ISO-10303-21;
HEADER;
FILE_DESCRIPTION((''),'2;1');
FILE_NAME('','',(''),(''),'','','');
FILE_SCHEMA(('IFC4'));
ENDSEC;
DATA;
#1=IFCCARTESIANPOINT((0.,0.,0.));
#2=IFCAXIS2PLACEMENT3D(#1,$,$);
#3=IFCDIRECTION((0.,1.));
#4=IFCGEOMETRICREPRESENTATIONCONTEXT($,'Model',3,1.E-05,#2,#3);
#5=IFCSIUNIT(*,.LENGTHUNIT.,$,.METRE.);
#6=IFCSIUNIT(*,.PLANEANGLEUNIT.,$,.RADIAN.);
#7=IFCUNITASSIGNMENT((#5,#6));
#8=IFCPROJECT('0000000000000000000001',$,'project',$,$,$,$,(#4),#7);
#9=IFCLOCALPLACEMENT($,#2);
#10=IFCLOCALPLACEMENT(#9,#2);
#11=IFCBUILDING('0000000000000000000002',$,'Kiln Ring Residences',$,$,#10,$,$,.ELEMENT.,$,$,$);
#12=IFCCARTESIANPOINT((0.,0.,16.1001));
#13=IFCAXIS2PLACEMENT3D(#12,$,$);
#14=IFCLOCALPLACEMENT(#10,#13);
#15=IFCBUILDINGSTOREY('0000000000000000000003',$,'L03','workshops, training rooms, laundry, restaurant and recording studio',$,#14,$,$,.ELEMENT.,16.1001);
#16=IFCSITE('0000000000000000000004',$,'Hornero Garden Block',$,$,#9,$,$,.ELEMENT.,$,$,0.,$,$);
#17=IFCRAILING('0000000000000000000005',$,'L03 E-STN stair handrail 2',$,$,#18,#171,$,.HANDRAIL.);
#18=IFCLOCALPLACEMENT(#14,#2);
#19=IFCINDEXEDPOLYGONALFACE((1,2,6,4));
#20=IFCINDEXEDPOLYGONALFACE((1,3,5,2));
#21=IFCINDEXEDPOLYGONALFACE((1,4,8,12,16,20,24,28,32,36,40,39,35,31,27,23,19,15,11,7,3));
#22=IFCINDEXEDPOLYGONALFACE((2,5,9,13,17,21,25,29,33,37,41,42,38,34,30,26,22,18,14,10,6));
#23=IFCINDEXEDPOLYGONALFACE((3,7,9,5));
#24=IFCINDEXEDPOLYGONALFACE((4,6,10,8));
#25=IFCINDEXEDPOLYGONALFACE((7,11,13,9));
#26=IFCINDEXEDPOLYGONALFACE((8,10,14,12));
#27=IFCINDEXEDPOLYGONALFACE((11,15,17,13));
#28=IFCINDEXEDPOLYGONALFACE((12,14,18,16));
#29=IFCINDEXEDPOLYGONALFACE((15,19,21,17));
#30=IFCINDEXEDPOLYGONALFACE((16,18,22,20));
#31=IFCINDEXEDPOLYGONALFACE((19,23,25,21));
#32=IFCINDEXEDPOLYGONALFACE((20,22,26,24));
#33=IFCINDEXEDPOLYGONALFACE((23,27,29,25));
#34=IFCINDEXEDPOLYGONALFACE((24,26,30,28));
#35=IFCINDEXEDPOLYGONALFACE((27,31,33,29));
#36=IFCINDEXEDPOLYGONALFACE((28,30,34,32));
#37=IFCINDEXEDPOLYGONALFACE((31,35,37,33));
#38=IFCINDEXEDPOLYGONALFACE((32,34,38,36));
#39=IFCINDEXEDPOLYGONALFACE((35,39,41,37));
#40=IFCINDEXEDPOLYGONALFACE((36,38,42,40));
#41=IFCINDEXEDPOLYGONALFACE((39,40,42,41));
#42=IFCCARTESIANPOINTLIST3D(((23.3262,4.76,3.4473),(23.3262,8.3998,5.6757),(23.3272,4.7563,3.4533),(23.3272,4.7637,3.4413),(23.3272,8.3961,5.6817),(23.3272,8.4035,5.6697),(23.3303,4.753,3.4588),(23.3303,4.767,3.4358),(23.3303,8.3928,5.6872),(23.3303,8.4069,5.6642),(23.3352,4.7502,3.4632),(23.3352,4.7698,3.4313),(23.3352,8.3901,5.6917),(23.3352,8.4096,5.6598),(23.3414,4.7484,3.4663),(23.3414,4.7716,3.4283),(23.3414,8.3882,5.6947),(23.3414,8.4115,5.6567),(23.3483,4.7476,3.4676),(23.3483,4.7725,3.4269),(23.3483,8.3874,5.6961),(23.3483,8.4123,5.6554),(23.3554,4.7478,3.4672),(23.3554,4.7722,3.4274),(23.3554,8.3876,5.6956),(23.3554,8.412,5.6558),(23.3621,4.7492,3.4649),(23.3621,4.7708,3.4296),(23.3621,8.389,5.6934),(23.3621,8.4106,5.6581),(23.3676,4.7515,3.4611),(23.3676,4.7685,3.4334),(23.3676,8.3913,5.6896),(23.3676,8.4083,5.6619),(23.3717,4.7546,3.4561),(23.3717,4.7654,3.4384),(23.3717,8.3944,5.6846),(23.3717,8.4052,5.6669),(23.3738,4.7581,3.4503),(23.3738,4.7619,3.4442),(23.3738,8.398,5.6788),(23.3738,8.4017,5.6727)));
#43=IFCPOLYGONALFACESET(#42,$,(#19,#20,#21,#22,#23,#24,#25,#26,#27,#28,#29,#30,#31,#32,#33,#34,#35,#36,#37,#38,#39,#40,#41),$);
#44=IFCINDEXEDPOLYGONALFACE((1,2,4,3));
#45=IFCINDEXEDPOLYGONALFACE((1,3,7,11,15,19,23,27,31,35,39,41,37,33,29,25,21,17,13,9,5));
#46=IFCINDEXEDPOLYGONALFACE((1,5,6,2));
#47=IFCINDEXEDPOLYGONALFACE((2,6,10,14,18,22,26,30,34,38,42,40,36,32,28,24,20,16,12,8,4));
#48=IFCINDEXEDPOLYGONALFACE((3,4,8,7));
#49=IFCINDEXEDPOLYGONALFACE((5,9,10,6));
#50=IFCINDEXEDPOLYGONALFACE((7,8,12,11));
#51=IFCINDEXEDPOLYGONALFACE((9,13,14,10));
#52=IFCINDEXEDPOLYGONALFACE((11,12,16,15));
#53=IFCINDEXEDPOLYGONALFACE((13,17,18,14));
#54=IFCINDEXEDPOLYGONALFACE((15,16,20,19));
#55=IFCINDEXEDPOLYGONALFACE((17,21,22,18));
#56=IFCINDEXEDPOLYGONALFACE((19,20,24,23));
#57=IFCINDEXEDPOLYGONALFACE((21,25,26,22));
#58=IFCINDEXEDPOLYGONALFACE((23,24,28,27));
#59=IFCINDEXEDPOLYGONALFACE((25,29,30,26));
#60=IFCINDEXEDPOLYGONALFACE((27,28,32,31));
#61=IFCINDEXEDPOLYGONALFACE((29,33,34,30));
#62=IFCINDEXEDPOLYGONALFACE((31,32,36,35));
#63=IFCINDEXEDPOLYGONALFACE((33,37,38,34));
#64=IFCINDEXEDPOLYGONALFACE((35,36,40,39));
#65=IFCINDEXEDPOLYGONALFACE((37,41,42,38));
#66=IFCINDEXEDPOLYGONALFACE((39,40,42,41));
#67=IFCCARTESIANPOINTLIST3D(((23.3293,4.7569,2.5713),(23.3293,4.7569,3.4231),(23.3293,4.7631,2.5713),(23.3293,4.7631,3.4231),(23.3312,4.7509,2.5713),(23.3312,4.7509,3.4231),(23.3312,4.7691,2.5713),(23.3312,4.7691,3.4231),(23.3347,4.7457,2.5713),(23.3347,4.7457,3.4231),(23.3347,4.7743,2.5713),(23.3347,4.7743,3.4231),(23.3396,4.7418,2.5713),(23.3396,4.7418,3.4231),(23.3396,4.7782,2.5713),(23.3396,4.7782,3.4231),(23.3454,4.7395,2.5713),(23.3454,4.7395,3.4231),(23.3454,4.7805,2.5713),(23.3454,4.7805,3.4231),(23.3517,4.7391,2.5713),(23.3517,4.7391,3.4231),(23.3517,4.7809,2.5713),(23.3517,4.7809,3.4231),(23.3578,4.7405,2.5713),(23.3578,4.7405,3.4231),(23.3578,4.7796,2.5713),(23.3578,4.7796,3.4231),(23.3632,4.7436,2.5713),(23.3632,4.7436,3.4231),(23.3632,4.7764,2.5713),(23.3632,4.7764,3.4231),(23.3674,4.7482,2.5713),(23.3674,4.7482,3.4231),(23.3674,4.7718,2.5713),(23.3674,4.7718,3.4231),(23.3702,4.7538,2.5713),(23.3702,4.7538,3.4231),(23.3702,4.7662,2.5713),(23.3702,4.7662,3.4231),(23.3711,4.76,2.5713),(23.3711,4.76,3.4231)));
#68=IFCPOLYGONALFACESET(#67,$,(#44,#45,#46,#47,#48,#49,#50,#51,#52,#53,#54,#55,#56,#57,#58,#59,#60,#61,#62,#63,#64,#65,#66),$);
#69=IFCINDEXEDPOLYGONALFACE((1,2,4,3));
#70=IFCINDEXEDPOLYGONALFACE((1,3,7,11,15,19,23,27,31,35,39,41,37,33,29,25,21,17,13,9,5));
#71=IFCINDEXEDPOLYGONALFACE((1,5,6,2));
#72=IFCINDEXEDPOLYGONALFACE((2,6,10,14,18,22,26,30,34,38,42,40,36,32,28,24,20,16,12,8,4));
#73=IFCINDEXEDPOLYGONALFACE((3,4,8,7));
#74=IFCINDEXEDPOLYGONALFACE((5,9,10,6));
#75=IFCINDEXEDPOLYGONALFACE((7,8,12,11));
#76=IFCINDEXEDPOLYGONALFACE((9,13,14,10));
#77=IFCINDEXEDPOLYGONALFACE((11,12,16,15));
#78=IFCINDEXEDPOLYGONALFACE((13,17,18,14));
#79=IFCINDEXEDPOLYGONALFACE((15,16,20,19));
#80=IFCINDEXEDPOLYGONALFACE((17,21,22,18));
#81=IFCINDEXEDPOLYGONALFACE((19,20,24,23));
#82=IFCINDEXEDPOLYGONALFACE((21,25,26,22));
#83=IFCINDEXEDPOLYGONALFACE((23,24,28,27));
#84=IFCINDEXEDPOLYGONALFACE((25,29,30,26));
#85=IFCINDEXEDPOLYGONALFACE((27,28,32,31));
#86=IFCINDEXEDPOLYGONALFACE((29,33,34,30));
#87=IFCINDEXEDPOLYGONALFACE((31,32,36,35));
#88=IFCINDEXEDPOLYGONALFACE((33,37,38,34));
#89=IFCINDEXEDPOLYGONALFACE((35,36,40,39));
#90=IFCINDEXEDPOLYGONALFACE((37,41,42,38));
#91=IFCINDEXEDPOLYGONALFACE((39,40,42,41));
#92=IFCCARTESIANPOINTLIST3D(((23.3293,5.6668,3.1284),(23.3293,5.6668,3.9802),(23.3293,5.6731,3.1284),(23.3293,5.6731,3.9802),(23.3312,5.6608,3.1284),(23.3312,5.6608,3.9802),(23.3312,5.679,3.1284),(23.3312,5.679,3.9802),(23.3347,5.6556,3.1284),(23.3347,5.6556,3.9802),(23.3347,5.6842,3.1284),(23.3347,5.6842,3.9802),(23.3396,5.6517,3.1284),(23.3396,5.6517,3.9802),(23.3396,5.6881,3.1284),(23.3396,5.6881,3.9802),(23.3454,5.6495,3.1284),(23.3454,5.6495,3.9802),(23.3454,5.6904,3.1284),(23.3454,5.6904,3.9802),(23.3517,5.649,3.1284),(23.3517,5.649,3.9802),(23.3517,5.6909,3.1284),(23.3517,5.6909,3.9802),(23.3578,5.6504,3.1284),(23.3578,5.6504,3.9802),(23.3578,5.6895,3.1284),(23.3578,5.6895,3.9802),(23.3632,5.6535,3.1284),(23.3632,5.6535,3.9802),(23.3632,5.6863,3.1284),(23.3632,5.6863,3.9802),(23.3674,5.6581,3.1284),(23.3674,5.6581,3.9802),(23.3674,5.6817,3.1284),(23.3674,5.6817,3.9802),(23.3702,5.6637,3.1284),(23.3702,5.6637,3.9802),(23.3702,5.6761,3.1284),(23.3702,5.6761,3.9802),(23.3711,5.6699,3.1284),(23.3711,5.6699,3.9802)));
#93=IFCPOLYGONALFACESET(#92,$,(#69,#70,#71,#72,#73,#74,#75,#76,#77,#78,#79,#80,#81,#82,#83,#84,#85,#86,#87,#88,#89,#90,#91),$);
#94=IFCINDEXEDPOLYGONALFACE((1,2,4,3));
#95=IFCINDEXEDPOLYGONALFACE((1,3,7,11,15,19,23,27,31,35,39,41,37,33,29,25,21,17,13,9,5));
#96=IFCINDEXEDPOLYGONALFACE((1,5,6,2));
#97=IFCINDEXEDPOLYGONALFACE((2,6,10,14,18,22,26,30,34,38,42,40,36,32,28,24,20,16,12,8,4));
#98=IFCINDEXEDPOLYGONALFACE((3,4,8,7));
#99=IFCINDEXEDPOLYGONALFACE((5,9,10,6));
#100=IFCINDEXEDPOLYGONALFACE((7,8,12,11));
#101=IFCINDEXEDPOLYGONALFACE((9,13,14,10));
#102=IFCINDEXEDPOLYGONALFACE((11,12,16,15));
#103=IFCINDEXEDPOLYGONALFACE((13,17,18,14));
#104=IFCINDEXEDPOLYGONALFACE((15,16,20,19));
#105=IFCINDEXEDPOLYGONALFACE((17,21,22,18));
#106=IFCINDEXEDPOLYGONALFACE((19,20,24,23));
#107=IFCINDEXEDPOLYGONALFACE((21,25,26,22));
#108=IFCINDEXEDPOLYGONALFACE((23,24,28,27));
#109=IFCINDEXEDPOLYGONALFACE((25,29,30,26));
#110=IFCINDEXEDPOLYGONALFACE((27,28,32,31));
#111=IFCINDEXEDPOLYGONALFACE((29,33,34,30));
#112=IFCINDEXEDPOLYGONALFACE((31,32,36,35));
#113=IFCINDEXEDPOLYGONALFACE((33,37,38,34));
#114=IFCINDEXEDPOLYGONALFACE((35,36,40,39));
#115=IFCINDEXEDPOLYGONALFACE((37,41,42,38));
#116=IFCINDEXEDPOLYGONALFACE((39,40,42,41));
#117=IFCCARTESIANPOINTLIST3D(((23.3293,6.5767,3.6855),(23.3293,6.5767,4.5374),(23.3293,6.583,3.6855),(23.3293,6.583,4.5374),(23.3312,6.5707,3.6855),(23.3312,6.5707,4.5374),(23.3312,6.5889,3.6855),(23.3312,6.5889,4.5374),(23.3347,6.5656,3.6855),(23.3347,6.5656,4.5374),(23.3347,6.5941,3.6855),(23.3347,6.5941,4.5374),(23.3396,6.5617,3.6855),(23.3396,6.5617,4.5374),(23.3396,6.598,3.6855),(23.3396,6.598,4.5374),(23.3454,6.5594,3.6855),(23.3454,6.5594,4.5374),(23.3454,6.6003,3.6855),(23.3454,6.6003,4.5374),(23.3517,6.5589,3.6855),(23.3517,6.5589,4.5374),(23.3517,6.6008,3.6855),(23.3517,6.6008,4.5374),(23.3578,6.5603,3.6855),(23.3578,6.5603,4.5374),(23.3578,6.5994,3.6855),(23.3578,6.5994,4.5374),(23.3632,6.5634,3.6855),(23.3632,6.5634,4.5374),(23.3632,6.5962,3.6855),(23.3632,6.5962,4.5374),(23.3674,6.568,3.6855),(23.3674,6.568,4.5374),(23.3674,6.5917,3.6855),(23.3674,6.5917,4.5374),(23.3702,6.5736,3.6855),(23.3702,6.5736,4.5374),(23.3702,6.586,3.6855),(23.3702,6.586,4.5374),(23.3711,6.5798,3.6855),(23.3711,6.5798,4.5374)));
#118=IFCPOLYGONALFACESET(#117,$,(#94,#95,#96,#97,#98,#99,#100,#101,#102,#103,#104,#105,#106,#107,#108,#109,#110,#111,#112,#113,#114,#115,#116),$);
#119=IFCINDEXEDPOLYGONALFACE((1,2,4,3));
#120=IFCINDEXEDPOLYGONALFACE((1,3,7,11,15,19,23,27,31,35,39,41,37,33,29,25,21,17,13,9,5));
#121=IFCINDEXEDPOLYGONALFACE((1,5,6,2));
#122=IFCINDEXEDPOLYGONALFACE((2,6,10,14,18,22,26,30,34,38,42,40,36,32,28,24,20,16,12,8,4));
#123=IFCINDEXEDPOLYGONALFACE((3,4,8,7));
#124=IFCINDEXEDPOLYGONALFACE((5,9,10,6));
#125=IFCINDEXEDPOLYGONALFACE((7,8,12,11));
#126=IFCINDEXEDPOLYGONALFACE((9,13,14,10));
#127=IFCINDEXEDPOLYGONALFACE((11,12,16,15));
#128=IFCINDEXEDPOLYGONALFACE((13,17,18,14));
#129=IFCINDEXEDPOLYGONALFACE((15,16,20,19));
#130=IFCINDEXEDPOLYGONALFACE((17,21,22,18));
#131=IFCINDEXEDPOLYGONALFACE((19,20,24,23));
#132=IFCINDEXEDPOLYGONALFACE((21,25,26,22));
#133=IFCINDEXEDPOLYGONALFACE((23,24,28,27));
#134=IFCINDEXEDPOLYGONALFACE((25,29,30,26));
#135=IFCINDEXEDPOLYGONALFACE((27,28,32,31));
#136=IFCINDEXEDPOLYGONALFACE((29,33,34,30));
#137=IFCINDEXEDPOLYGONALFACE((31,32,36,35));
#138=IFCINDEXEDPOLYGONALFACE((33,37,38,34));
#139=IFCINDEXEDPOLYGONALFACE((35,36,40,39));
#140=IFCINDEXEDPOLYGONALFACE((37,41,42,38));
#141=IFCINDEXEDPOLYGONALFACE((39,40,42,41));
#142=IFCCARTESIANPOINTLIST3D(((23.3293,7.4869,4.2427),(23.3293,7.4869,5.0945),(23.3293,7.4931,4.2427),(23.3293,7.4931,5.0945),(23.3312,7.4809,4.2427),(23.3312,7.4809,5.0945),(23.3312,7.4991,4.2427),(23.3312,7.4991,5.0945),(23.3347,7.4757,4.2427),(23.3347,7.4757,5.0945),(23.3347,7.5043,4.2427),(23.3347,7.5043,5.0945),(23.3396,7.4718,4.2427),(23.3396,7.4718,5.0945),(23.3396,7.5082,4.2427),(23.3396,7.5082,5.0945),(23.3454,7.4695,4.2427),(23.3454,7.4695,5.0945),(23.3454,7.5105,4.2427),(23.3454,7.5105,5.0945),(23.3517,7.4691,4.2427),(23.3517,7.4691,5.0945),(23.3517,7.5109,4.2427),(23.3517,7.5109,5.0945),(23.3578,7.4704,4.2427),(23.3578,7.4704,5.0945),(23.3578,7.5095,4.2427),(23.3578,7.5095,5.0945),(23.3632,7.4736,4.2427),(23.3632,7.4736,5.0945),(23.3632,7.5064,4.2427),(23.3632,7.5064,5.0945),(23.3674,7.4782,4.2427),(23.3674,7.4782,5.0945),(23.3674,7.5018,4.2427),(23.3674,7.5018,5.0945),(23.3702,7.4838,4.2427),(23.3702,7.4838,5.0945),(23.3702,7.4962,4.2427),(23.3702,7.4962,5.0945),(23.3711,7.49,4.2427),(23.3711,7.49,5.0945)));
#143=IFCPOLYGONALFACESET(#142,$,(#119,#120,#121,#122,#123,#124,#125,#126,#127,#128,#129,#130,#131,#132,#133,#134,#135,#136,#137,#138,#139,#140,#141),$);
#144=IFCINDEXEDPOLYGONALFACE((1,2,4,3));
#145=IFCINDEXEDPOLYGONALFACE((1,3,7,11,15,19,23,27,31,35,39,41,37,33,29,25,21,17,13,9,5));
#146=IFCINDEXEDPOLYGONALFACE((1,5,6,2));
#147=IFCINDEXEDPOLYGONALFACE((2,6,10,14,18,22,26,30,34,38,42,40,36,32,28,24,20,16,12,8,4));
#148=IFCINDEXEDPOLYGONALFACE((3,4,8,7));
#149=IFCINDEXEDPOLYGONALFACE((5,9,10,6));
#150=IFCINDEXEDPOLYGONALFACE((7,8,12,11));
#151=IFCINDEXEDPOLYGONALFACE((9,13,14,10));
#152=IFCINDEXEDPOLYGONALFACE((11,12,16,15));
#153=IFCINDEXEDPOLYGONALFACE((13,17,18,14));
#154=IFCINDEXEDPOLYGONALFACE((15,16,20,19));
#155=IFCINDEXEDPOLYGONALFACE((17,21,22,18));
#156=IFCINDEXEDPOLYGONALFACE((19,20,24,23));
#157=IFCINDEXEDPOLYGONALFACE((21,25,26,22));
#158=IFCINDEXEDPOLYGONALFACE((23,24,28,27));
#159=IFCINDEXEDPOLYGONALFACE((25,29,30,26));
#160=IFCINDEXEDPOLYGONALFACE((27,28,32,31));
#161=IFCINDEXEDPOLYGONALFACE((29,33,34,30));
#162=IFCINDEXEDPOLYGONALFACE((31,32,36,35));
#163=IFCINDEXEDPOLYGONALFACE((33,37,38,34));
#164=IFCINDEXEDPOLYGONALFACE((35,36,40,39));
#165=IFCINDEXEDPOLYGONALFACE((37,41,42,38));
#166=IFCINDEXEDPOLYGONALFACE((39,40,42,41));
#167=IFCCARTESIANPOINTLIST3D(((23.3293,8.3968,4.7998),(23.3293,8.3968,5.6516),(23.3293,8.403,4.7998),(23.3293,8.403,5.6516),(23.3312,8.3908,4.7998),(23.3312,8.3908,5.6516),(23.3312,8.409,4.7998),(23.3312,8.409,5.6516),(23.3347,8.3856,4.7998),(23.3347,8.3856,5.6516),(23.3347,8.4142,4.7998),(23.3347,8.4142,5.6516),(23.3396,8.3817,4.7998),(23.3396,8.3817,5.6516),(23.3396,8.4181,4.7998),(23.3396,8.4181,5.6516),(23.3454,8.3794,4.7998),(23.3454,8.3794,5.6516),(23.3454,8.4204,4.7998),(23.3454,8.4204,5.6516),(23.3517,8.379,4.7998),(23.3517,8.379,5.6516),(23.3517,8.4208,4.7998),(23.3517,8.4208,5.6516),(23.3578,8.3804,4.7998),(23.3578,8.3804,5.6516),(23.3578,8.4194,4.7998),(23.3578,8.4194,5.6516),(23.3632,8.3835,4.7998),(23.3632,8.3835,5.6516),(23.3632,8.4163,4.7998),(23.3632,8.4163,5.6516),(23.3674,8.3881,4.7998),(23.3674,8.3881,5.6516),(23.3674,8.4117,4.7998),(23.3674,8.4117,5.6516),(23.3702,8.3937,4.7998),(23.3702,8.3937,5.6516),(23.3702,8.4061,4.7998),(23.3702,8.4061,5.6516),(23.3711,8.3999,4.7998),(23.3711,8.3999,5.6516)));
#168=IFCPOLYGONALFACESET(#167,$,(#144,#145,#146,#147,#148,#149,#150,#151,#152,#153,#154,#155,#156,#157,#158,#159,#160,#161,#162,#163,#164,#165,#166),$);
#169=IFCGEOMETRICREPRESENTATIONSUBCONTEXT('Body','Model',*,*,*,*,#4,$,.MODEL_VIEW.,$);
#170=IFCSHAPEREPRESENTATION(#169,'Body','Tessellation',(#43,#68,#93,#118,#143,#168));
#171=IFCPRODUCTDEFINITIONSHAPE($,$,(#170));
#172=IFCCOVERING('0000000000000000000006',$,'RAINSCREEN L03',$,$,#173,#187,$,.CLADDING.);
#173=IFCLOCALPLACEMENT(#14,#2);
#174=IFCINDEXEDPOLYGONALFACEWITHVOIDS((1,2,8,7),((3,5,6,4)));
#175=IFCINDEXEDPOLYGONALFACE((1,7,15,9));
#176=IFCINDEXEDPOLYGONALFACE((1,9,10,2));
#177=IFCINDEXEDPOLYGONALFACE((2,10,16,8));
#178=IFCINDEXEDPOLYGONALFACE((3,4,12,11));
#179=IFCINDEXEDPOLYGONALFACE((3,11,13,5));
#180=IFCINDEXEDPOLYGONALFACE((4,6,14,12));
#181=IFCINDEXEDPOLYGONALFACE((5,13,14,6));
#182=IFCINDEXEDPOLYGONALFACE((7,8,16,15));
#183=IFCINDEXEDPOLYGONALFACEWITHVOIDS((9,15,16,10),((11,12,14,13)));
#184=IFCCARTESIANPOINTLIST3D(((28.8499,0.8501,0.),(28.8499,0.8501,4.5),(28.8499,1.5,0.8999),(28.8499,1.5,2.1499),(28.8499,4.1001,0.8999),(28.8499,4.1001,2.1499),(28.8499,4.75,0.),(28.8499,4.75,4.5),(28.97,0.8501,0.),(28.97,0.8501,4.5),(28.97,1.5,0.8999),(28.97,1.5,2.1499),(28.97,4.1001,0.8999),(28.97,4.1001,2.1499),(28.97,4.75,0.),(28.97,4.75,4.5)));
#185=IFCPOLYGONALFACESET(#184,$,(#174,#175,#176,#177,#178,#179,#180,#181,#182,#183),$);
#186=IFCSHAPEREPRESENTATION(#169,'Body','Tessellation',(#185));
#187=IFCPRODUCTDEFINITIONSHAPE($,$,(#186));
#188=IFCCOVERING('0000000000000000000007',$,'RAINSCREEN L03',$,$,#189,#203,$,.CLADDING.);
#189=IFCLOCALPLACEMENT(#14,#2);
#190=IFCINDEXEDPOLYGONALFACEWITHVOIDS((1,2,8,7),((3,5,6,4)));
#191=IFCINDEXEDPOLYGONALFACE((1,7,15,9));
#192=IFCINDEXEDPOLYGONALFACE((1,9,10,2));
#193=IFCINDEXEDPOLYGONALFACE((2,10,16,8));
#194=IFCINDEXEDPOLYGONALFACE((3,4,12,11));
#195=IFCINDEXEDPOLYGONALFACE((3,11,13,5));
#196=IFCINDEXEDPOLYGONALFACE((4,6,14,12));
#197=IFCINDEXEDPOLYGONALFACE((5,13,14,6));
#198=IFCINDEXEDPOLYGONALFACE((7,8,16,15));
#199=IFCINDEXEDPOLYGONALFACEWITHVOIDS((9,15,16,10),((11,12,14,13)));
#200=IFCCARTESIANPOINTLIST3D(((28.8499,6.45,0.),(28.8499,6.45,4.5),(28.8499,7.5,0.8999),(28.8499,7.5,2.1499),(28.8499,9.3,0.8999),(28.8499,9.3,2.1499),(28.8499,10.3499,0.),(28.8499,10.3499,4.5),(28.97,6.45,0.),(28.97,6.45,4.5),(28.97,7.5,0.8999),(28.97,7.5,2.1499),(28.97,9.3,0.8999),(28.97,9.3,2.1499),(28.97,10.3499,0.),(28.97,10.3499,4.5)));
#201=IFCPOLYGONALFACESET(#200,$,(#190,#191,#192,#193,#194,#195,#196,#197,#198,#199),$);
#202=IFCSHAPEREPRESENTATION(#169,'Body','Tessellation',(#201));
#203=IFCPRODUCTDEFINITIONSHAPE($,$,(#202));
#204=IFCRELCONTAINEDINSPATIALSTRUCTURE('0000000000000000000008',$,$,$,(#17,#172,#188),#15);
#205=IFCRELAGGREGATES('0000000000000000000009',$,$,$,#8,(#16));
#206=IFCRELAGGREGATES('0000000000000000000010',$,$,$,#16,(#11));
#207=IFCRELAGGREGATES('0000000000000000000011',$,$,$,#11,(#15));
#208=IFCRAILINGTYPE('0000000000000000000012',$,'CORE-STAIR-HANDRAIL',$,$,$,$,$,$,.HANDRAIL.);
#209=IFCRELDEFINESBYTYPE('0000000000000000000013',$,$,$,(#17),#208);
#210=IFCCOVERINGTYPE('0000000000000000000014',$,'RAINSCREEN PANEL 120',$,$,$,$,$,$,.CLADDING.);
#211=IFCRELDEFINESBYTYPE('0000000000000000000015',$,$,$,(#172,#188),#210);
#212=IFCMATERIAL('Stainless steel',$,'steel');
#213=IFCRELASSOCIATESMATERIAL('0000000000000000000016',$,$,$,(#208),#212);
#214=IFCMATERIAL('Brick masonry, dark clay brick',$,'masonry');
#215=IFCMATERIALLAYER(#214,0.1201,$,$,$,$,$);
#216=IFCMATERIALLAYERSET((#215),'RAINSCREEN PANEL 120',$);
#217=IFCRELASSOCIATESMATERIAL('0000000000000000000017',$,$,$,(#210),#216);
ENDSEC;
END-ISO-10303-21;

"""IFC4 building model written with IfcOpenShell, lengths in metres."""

from ifc_helpers import new_model, si_unit, direction, frame, origin, origin_2d, place, context, subcontext, project, spatial, polyline, circle, outline, extrude, material, layer, layer_set, type_object, element, save


model = new_model("IFC4")

# Units and contexts
model_context = context("Model", 3, precision=1e-05, world=origin(), true_north=direction((0.0, 1.0)))
body_context = subcontext(model_context, "Body", "Model", "MODEL_VIEW")
ifc_project = project(units=[si_unit("LENGTHUNIT", "METRE"), si_unit("PLANEANGLEUNIT", "RADIAN")], contexts=[model_context])

# Site, building, storey
site_placement = place(None, origin())
site = spatial("IfcSite", under=ifc_project, at=site_placement, Name="Hornero Garden Block", CompositionType="ELEMENT", RefElevation=0.0)
building_placement = place(site_placement, origin())
building = spatial("IfcBuilding", under=site, at=building_placement, Name="Kiln Ring Residences", CompositionType="ELEMENT")
storey_placement = place(building_placement, frame((0.0, 0.0, 16.1001)))
storey = spatial("IfcBuildingStorey", under=building, at=storey_placement, Name="L03", Description="workshops, training rooms, laundry, restaurant and recording studio", CompositionType="ELEMENT", Elevation=16.1001)

# Railing
ifc_material_1 = material(Name="Stainless steel", Category="steel")
railing_type_1 = type_object("IfcRailingType", Name="CORE-STAIR-HANDRAIL", PredefinedType="HANDRAIL", material=ifc_material_1)
railing_1_placement = place(storey_placement, frame((23.3501, 4.76, 2.5713)))
element("IfcRailing", 1, at=railing_1_placement, inside=storey, type_object=railing_type_1, Name="L03 E-STN stair handrail 2", PredefinedType="HANDRAIL", context=body_context, shape_type="SweptSolid", body=[
    extrude(circle(Radius=0.0239, at=origin_2d()), frame((0.0, 0.0, 0.876), z_axis=(0.0, 0.85285, 0.522156), x_axis=(-1.0, 0.0, 0.0)), (0.0, 0.0, 1.0), 4.2678),
    extrude(circle(Radius=0.021, at=origin_2d()), origin(), (0.0, 0.0, 1.0), 0.8518),
    extrude(circle(Radius=0.021, at=origin_2d()), frame((0.0, 0.9099, 0.5571)), (0.0, 0.0, 1.0), 0.8518),
    extrude(circle(Radius=0.021, at=origin_2d()), frame((0.0, 1.8198, 1.1143)), (0.0, 0.0, 1.0), 0.8518),
    extrude(circle(Radius=0.021, at=origin_2d()), frame((0.0, 2.73, 1.6714)), (0.0, 0.0, 1.0), 0.8518),
    extrude(circle(Radius=0.021, at=origin_2d()), frame((0.0, 3.6399, 2.2285)), (0.0, 0.0, 1.0), 0.8518),
])

# Coverings
ifc_material_2 = material(Name="Brick masonry, dark clay brick", Category="masonry")
ifc_layer_1 = layer(ifc_material_2, 0.1201)
ifc_layer_set_1 = layer_set([ifc_layer_1], Name="RAINSCREEN PANEL 120")
covering_type = type_object("IfcCoveringType", Name="RAINSCREEN PANEL 120", PredefinedType="CLADDING", material=ifc_layer_set_1)
covering_1_placement = place(storey_placement, frame((28.9099, 0.8501, 0.0), z_axis=(0.0, 0.0, 1.0), x_axis=(0.0, 1.0, 0.0)))
element("IfcCovering", 2, at=covering_1_placement, inside=storey, type_object=covering_type, Name="RAINSCREEN L03", PredefinedType="CLADDING", context=body_context, shape_type="SweptSolid", body=[
    extrude(outline(polyline([(0.0, 0.0), (3.8999, 0.0), (3.8999, 4.5), (0.0, 4.5), (0.0, 0.0)]), holes=[polyline([(0.6499, 2.1499), (0.6499, 0.8999), (3.25, 0.8999), (3.25, 2.1499), (0.6499, 2.1499)])]), frame((0.0, 0.0601, 0.0), z_axis=(0.0, -1.0, 0.0), x_axis=(1.0, 0.0, 0.0)), (0.0, 0.0, 1.0), 0.1201),
])
covering_2_placement = place(storey_placement, frame((28.9099, 6.45, 0.0), z_axis=(0.0, 0.0, 1.0), x_axis=(0.0, 1.0, 0.0)))
element("IfcCovering", 3, at=covering_2_placement, inside=storey, type_object=covering_type, Name="RAINSCREEN L03", PredefinedType="CLADDING", context=body_context, shape_type="SweptSolid", body=[
    extrude(outline(polyline([(0.0, 0.0), (3.8999, 0.0), (3.8999, 4.5), (0.0, 4.5), (0.0, 0.0)]), holes=[polyline([(1.05, 2.1499), (1.05, 0.8999), (2.8501, 0.8999), (2.8501, 2.1499), (1.05, 2.1499)])]), frame((0.0, 0.0601, 0.0), z_axis=(0.0, -1.0, 0.0), x_axis=(1.0, 0.0, 0.0)), (0.0, 0.0, 1.0), 0.1201),
])

save(model, "model.ifc")
